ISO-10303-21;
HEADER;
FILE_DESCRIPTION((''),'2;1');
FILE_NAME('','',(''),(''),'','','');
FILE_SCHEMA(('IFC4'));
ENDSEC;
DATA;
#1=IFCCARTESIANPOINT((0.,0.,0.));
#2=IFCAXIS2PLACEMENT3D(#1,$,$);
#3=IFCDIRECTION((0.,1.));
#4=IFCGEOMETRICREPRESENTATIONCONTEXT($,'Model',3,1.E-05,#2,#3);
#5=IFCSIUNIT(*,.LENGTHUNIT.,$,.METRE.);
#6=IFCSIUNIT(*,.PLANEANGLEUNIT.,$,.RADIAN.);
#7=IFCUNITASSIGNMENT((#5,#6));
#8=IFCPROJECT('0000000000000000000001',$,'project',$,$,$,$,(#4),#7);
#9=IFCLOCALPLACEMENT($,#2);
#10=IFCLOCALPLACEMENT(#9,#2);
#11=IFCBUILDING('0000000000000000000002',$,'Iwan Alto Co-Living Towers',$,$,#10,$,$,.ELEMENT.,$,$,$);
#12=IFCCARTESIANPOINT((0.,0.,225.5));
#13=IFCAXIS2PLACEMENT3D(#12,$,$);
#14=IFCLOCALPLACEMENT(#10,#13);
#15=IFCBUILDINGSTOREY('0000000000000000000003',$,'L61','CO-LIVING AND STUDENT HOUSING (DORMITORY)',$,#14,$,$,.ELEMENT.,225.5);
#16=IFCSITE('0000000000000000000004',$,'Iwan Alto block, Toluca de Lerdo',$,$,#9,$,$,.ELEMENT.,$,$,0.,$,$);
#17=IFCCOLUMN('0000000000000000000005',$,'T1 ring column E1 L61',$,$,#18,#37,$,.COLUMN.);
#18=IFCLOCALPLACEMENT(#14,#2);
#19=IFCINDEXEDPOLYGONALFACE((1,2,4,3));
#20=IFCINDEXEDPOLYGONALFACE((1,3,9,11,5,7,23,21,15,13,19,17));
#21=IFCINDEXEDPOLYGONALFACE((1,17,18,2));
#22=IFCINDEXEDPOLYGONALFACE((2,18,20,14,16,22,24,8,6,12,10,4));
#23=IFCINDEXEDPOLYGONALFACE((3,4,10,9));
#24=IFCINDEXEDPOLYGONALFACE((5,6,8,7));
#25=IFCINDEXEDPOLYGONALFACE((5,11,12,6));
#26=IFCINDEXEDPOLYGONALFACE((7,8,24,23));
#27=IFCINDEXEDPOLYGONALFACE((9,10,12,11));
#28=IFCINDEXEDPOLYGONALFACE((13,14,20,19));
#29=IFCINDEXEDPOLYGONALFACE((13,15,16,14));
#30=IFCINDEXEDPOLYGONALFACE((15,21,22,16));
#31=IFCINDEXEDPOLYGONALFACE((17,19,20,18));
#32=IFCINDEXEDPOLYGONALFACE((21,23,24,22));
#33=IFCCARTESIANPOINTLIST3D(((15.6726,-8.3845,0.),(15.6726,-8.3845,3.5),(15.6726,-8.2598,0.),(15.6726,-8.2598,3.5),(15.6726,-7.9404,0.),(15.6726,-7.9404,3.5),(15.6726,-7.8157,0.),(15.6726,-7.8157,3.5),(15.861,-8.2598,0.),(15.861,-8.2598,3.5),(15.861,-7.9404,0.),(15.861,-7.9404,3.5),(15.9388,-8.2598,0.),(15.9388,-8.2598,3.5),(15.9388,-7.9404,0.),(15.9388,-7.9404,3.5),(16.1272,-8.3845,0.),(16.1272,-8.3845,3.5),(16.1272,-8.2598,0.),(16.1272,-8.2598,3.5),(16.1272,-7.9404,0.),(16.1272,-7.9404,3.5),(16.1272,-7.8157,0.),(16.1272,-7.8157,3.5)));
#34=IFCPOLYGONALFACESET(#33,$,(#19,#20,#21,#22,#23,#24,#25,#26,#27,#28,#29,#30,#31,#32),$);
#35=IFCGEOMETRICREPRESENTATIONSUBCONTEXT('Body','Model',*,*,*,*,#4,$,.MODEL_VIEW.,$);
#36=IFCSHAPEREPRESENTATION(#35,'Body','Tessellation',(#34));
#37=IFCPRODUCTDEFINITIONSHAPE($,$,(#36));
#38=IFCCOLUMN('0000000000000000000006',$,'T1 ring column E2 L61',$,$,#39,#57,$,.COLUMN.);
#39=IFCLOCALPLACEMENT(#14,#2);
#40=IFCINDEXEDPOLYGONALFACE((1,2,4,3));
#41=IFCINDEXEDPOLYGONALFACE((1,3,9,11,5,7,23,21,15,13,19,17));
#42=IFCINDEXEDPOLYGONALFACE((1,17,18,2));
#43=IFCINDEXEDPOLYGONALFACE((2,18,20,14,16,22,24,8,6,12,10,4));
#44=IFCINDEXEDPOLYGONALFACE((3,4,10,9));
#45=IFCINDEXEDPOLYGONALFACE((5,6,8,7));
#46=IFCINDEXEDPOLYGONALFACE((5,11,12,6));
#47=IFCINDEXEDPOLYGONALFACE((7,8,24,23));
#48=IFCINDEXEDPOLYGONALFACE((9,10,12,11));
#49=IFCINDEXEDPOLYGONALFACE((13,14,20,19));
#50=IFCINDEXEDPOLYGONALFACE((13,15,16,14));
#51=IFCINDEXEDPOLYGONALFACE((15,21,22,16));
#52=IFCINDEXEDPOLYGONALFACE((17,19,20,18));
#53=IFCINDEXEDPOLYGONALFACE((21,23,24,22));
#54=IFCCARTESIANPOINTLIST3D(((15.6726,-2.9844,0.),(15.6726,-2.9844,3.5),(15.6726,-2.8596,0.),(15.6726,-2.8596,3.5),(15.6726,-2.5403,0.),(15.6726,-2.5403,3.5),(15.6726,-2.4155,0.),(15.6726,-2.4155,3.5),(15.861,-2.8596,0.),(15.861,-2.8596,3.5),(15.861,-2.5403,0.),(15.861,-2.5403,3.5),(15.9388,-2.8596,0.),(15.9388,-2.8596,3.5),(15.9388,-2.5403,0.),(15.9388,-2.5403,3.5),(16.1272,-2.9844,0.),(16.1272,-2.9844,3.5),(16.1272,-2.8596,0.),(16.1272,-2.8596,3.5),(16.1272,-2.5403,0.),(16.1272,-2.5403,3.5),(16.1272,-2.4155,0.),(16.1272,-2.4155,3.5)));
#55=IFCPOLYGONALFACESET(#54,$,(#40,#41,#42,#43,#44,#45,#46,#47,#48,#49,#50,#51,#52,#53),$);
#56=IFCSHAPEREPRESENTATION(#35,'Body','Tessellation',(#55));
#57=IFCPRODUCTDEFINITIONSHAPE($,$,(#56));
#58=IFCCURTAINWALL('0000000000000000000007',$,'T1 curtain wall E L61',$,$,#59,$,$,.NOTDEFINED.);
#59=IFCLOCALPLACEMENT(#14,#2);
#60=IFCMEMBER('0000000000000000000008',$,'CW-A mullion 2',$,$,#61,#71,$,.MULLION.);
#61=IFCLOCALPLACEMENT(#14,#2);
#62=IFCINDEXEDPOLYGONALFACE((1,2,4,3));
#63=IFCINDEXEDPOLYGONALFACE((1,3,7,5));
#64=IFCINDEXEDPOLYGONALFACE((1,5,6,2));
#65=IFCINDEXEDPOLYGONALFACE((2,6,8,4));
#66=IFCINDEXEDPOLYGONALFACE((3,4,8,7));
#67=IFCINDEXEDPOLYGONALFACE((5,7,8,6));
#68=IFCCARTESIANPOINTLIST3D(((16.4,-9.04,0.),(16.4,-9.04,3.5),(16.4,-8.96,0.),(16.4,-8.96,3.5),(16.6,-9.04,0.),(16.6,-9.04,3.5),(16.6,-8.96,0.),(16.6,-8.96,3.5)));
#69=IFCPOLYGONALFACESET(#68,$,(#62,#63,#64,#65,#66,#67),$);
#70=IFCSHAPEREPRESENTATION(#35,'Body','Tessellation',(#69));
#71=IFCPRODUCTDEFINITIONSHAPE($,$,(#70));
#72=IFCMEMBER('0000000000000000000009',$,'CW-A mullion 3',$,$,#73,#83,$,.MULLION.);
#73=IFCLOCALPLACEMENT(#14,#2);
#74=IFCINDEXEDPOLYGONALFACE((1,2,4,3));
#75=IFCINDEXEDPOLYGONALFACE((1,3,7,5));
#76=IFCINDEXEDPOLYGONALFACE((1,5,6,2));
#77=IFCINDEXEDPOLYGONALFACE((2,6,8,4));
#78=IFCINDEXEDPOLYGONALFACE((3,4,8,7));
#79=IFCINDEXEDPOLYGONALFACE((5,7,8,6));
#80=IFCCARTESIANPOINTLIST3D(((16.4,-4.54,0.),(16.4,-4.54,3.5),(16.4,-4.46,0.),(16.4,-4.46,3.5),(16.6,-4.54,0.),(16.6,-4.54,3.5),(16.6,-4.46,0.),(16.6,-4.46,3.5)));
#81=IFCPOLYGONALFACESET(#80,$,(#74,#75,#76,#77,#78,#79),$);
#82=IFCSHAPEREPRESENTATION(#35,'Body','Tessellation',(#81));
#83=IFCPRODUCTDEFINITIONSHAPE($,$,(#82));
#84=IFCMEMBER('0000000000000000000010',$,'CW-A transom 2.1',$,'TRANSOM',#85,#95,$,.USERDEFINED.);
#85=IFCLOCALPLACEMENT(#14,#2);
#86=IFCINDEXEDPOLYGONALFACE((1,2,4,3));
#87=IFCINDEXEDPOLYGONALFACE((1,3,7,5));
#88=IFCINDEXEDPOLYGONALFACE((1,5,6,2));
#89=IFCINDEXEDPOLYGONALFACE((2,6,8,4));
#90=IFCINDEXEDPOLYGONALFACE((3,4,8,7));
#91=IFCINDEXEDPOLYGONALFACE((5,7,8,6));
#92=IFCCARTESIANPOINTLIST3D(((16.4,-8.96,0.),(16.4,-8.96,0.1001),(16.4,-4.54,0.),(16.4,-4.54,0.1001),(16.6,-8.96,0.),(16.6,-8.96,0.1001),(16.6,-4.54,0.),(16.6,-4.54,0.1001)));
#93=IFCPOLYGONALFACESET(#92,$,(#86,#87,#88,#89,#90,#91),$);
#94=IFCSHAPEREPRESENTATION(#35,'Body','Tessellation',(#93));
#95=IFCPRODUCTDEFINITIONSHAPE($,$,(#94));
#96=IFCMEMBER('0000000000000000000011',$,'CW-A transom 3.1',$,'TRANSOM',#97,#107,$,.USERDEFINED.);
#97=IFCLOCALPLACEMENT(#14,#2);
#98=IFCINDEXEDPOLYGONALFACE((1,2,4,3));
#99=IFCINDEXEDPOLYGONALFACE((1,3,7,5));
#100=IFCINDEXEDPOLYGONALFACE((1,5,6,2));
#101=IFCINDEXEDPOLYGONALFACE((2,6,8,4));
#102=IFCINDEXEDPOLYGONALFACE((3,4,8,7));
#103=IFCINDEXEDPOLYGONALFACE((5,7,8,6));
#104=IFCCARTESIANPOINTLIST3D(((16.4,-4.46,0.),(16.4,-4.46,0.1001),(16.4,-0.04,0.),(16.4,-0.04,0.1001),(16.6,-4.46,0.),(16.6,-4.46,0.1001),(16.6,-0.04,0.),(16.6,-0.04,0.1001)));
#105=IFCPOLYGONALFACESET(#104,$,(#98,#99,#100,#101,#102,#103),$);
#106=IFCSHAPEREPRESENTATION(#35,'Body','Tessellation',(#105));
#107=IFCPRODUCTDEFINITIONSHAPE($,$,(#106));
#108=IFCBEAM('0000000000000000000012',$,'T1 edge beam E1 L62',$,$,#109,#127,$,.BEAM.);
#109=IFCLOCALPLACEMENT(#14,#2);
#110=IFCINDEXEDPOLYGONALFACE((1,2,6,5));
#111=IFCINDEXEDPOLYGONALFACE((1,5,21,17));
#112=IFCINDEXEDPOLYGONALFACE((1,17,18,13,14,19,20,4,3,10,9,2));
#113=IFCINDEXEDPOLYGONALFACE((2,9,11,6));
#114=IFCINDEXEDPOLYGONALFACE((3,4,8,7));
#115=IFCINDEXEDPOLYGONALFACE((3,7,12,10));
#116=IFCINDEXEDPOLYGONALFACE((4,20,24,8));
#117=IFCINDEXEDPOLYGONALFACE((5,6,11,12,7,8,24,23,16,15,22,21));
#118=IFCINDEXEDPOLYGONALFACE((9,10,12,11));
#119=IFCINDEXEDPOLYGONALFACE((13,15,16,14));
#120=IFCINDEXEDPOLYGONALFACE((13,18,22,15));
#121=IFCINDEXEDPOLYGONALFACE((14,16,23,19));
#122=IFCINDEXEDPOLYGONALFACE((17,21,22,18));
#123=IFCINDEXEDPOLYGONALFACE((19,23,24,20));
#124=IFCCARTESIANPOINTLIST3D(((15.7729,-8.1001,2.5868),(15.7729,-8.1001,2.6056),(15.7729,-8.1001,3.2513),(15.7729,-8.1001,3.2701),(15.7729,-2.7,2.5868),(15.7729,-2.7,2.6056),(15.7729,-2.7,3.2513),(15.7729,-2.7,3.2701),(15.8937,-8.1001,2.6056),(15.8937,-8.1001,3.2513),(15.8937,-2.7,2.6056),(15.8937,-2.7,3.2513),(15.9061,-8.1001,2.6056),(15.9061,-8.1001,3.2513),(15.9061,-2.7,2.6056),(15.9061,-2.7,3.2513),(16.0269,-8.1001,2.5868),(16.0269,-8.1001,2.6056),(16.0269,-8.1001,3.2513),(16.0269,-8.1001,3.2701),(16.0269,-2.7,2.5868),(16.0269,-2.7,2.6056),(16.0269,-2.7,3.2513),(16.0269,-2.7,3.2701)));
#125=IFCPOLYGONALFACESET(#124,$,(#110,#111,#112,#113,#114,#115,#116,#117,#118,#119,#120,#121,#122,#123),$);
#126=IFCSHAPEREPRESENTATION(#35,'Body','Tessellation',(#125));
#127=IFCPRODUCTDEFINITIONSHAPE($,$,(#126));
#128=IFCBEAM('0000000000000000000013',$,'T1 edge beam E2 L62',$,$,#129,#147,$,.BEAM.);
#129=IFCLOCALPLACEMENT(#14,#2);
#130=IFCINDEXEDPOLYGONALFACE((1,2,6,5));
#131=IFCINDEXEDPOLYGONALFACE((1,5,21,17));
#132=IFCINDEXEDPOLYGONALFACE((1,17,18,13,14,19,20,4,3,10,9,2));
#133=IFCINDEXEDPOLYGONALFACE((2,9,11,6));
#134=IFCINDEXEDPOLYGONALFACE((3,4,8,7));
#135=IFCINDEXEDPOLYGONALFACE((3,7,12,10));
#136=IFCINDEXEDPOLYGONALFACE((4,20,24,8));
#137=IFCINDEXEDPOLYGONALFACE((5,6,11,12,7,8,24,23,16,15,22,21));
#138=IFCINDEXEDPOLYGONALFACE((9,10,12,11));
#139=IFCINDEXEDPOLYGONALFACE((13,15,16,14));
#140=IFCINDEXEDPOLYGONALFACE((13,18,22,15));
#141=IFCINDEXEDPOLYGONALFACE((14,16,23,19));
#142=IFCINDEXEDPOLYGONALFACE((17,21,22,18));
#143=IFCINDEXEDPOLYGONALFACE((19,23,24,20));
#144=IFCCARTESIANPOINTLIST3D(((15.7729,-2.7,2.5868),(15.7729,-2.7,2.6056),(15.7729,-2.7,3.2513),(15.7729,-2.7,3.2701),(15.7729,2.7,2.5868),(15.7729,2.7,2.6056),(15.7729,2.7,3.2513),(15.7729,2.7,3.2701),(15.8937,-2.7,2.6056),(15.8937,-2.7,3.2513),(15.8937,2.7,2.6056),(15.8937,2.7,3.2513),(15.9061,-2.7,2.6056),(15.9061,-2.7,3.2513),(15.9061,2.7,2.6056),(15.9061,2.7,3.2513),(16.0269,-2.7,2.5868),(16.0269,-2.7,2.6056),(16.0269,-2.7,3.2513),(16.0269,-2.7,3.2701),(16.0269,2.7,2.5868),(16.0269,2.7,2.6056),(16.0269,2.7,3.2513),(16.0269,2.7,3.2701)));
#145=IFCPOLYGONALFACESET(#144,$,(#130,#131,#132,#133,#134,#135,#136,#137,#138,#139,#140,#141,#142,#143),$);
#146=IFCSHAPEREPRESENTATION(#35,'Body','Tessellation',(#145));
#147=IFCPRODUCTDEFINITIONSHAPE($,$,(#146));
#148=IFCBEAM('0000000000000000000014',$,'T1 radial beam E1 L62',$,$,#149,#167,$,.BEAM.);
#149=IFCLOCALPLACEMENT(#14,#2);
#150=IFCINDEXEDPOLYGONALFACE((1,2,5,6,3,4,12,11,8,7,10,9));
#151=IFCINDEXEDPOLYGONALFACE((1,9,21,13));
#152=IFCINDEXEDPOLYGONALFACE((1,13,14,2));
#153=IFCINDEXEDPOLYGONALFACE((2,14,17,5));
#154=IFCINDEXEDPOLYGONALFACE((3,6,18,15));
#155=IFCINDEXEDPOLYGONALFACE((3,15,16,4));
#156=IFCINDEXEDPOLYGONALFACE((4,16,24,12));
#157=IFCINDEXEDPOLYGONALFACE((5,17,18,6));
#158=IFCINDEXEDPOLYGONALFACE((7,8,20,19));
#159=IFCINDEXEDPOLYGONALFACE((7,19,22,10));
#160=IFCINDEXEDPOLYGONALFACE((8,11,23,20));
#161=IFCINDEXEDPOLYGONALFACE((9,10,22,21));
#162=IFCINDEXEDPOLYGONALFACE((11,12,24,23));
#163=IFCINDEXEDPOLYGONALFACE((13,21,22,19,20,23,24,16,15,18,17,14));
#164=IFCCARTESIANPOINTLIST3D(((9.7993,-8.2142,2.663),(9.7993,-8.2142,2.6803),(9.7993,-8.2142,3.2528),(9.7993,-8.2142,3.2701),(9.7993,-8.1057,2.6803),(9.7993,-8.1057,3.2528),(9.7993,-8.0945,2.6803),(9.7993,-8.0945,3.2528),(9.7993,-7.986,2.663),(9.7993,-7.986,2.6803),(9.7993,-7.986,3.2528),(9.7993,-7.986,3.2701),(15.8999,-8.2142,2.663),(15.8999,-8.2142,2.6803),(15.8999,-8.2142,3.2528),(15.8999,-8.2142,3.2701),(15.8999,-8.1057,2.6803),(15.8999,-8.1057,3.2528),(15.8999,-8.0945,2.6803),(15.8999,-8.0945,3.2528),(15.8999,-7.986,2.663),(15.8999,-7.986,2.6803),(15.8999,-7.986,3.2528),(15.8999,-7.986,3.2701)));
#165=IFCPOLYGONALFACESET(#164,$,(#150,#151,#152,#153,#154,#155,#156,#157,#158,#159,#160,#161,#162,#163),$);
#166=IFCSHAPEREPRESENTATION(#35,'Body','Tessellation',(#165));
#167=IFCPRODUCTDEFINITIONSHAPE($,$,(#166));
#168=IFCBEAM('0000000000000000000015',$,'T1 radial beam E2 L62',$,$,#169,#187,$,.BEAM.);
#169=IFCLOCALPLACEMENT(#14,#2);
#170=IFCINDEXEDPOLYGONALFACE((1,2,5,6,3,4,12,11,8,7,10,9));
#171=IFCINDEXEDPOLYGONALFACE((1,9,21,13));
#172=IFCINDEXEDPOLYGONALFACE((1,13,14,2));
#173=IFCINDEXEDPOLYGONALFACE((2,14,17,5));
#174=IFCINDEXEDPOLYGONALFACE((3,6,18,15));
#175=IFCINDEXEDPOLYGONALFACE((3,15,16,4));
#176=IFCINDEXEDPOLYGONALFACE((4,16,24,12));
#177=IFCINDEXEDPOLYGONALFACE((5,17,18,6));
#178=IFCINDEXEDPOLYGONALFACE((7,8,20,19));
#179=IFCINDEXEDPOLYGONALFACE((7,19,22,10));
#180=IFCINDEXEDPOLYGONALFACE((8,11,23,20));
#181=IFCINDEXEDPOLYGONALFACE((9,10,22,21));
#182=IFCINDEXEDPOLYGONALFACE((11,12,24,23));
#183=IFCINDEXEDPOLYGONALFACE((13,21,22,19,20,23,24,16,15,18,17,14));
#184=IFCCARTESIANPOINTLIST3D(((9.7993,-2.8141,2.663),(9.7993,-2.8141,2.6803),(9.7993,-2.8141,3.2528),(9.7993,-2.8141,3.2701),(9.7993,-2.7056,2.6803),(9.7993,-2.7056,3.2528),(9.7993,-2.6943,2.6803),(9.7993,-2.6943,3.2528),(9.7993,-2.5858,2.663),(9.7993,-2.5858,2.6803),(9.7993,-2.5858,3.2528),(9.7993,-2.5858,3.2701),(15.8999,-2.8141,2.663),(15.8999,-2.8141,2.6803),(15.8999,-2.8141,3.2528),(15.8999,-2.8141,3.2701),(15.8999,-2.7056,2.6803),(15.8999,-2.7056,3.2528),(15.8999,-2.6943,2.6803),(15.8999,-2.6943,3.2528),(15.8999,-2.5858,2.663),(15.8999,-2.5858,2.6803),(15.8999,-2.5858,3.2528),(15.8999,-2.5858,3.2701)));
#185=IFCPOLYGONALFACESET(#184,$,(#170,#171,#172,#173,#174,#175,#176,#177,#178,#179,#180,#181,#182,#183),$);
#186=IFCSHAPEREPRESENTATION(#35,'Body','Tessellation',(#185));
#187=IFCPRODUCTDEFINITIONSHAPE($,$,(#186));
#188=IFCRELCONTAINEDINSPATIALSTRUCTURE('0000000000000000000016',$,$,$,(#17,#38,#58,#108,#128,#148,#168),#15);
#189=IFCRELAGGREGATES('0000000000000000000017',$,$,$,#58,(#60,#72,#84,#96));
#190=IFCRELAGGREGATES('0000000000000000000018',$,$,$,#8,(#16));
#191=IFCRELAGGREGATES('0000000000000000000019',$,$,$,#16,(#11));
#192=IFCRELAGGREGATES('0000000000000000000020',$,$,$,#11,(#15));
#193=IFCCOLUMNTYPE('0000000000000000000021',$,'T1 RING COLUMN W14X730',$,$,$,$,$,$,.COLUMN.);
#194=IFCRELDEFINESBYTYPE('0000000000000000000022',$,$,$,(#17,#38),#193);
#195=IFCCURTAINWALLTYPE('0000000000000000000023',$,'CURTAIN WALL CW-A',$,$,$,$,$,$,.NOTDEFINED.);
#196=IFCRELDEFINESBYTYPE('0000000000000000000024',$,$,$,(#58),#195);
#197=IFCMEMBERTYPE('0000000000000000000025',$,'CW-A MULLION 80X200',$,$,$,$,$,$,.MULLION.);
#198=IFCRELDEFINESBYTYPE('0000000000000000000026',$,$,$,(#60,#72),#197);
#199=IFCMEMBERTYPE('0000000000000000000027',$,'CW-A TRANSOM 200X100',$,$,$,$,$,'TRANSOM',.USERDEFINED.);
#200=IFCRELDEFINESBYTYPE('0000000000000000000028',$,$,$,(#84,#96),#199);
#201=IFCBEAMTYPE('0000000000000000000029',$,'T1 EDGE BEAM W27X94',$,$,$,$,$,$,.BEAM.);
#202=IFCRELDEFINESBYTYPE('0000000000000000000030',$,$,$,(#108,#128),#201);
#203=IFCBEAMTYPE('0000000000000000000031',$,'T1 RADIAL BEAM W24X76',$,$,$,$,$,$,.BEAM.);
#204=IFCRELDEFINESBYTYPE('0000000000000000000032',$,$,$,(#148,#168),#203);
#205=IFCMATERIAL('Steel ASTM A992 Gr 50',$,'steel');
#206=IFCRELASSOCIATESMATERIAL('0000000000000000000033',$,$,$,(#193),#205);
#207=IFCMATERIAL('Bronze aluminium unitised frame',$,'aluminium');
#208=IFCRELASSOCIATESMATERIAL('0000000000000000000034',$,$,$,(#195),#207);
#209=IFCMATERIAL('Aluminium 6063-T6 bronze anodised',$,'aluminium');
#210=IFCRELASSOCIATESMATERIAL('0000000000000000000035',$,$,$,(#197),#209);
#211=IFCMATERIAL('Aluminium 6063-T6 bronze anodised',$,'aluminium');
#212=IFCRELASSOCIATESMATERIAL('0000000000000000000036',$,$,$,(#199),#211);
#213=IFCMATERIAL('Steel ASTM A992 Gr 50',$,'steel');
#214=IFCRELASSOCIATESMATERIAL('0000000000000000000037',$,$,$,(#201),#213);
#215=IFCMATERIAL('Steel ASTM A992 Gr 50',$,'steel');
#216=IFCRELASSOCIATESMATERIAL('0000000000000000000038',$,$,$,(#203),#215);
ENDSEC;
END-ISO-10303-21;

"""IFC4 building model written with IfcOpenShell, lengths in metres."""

from ifc_helpers import new_model, si_unit, direction, frame, origin, origin_2d, place, context, subcontext, project, spatial, rectangle, i_section, extrude, material, material_profile, profile_set, type_object, element, aggregate, save


model = new_model("IFC4")

# Units and contexts
model_context = context("Model", 3, precision=1e-05, world=origin(), true_north=direction((0.0, 1.0)))
body_context = subcontext(model_context, "Body", "Model", "MODEL_VIEW")
ifc_project = project(units=[si_unit("LENGTHUNIT", "METRE"), si_unit("PLANEANGLEUNIT", "RADIAN")], contexts=[model_context])

# Site, building, storey
site_placement = place(None, origin())
site = spatial("IfcSite", under=ifc_project, at=site_placement, Name="Iwan Alto block, Toluca de Lerdo", CompositionType="ELEMENT", RefElevation=0.0)
building_placement = place(site_placement, origin())
building = spatial("IfcBuilding", under=site, at=building_placement, Name="Iwan Alto Co-Living Towers", CompositionType="ELEMENT")
storey_placement = place(building_placement, frame((0.0, 0.0, 225.5)))
storey = spatial("IfcBuildingStorey", under=building, at=storey_placement, Name="L61", Description="CO-LIVING AND STUDENT HOUSING (DORMITORY)", CompositionType="ELEMENT", Elevation=225.5)

# Columns
ifc_material_1 = material(Name="Steel ASTM A992 Gr 50", Category="steel")
ifc_material_profile_1 = material_profile(ifc_material_1, i_section(OverallWidth=0.4546, OverallDepth=0.5688, WebThickness=0.0779, FlangeThickness=0.1248, at=origin_2d()), Name="W14X730")
ifc_profile_set_1 = profile_set([ifc_material_profile_1], Name="Steel ASTM A992 Gr 50")
column_type = type_object("IfcColumnType", Name="T1 RING COLUMN W14X730", PredefinedType="COLUMN", material=ifc_profile_set_1)
for number, where, z_axis, x_axis, name in (
    (1, (15.8999, -8.1001, 0.0), (0.0, 0.0, 1.0), (1.0, 0.0, 0.0), "T1 ring column E1 L61"),
    (2, (15.8999, -2.7, 0.0), (0.0, 0.0, 1.0), (1.0, 0.0, 0.0), "T1 ring column E2 L61"),
):
    element("IfcColumn", number, at=place(storey_placement, frame(where, z_axis=z_axis, x_axis=x_axis)), inside=storey, type_object=column_type, Name=name, PredefinedType="COLUMN", context=body_context, shape_type="SweptSolid", body=[
        extrude(i_section(OverallWidth=0.4546, OverallDepth=0.5688, WebThickness=0.0779, FlangeThickness=0.1248, at=origin_2d()), origin(), (0.0, 0.0, 1.0), 3.5),
    ])

# Curtain wall, members
ifc_material_2 = material(Name="Bronze aluminium unitised frame", Category="aluminium")
curtain_wall_type = type_object("IfcCurtainWallType", Name="CURTAIN WALL CW-A", PredefinedType="NOTDEFINED", material=ifc_material_2)
curtain_wall_placement = place(storey_placement, origin())
curtain_wall = element("IfcCurtainWall", 3, at=curtain_wall_placement, inside=storey, type_object=curtain_wall_type, Name="T1 curtain wall E L61", PredefinedType="NOTDEFINED")
ifc_material_3 = material(Name="Aluminium 6063-T6 bronze anodised", Category="aluminium")
ifc_material_profile_2 = material_profile(ifc_material_3, rectangle(XDim=0.2, YDim=0.0801, at=origin_2d()), Name="AL 80X200")
ifc_profile_set_2 = profile_set([ifc_material_profile_2], Name="Aluminium 6063-T6 bronze anodised")
member_type_1 = type_object("IfcMemberType", Name="CW-A MULLION 80X200", PredefinedType="MULLION", material=ifc_profile_set_2)
member_1_placement = place(storey_placement, frame((16.5, -9.0, 0.0), z_axis=(0.0, 0.0, 1.0), x_axis=(-1.0, 0.0, 0.0)))
member_1 = element("IfcMember", 4, at=member_1_placement, type_object=member_type_1, Name="CW-A mullion 2", PredefinedType="MULLION", context=body_context, shape_type="SweptSolid", body=[
    extrude(rectangle(XDim=0.2, YDim=0.0801, at=origin_2d()), origin(), (0.0, 0.0, 1.0), 3.5),
])
member_2_placement = place(storey_placement, frame((16.5, -4.5, 0.0), z_axis=(0.0, 0.0, 1.0), x_axis=(-1.0, 0.0, 0.0)))
member_2 = element("IfcMember", 5, at=member_2_placement, type_object=member_type_1, Name="CW-A mullion 3", PredefinedType="MULLION", context=body_context, shape_type="SweptSolid", body=[
    extrude(rectangle(XDim=0.2, YDim=0.0801, at=origin_2d()), origin(), (0.0, 0.0, 1.0), 3.5),
])
ifc_material_4 = material(Name="Aluminium 6063-T6 bronze anodised", Category="aluminium")
ifc_material_profile_3 = material_profile(ifc_material_4, rectangle(XDim=0.2, YDim=0.1001, at=origin_2d()), Name="AL 200X100")
ifc_profile_set_3 = profile_set([ifc_material_profile_3], Name="Aluminium 6063-T6 bronze anodised")
member_type_2 = type_object("IfcMemberType", Name="CW-A TRANSOM 200X100", ElementType="TRANSOM", PredefinedType="USERDEFINED", material=ifc_profile_set_3)
member_3_placement = place(storey_placement, frame((16.5, -8.96, 0.05), z_axis=(0.0, 1.0, 0.0), x_axis=(-1.0, 0.0, 0.0)))
member_3 = element("IfcMember", 6, at=member_3_placement, type_object=member_type_2, Name="CW-A transom 2.1", ObjectType="TRANSOM", PredefinedType="USERDEFINED", context=body_context, shape_type="SweptSolid", body=[
    extrude(rectangle(XDim=0.2, YDim=0.1001, at=origin_2d()), origin(), (0.0, 0.0, 1.0), 4.4199),
])
member_4_placement = place(storey_placement, frame((16.5, -4.46, 0.05), z_axis=(0.0, 1.0, 0.0), x_axis=(-1.0, 0.0, 0.0)))
member_4 = element("IfcMember", 7, at=member_4_placement, type_object=member_type_2, Name="CW-A transom 3.1", ObjectType="TRANSOM", PredefinedType="USERDEFINED", context=body_context, shape_type="SweptSolid", body=[
    extrude(rectangle(XDim=0.2, YDim=0.1001, at=origin_2d()), origin(), (0.0, 0.0, 1.0), 4.4199),
])

# Beams
ifc_material_5 = material(Name="Steel ASTM A992 Gr 50", Category="steel")
ifc_material_profile_4 = material_profile(ifc_material_5, i_section(OverallWidth=0.2539, OverallDepth=0.6833, WebThickness=0.0125, FlangeThickness=0.0188, at=origin_2d()), Name="W27X94")
ifc_profile_set_4 = profile_set([ifc_material_profile_4], Name="Steel ASTM A992 Gr 50")
beam_type_1 = type_object("IfcBeamType", Name="T1 EDGE BEAM W27X94", PredefinedType="BEAM", material=ifc_profile_set_4)
beam_1_placement = place(storey_placement, frame((15.8999, -8.1001, 2.9285), z_axis=(0.0, 1.0, 0.0), x_axis=(-1.0, 0.0, 0.0)))
element("IfcBeam", 8, at=beam_1_placement, inside=storey, type_object=beam_type_1, Name="T1 edge beam E1 L62", PredefinedType="BEAM", context=body_context, shape_type="SweptSolid", body=[
    extrude(i_section(OverallWidth=0.2539, OverallDepth=0.6833, WebThickness=0.0125, FlangeThickness=0.0188, at=origin_2d()), origin(), (0.0, 0.0, 1.0), 5.4001),
])
beam_2_placement = place(storey_placement, frame((15.8999, -2.7, 2.9285), z_axis=(0.0, 1.0, 0.0), x_axis=(-1.0, 0.0, 0.0)))
element("IfcBeam", 9, at=beam_2_placement, inside=storey, type_object=beam_type_1, Name="T1 edge beam E2 L62", PredefinedType="BEAM", context=body_context, shape_type="SweptSolid", body=[
    extrude(i_section(OverallWidth=0.2539, OverallDepth=0.6833, WebThickness=0.0125, FlangeThickness=0.0188, at=origin_2d()), origin(), (0.0, 0.0, 1.0), 5.3999),
])
ifc_material_6 = material(Name="Steel ASTM A992 Gr 50", Category="steel")
ifc_material_profile_5 = material_profile(ifc_material_6, i_section(OverallWidth=0.2283, OverallDepth=0.6072, WebThickness=0.0112, FlangeThickness=0.0173, at=origin_2d()), Name="W24X76")
ifc_profile_set_5 = profile_set([ifc_material_profile_5], Name="Steel ASTM A992 Gr 50")
beam_type_2 = type_object("IfcBeamType", Name="T1 RADIAL BEAM W24X76", PredefinedType="BEAM", material=ifc_profile_set_5)
for number, where, z_axis, x_axis, name in (
    (10, (15.8999, -8.1001, 2.9666), (-1.0, 0.0, 0.0), (0.0, -1.0, 0.0), "T1 radial beam E1 L62"),
    (11, (15.8999, -2.7, 2.9666), (-1.0, 0.0, 0.0), (0.0, -1.0, 0.0), "T1 radial beam E2 L62"),
):
    element("IfcBeam", number, at=place(storey_placement, frame(where, z_axis=z_axis, x_axis=x_axis)), inside=storey, type_object=beam_type_2, Name=name, PredefinedType="BEAM", context=body_context, shape_type="SweptSolid", body=[
        extrude(i_section(OverallWidth=0.2283, OverallDepth=0.6072, WebThickness=0.0112, FlangeThickness=0.0173, at=origin_2d()), origin(), (0.0, 0.0, 1.0), 6.1006),
    ])

aggregate(curtain_wall, [member_1, member_2, member_3, member_4])

save(model, "model.ifc")
